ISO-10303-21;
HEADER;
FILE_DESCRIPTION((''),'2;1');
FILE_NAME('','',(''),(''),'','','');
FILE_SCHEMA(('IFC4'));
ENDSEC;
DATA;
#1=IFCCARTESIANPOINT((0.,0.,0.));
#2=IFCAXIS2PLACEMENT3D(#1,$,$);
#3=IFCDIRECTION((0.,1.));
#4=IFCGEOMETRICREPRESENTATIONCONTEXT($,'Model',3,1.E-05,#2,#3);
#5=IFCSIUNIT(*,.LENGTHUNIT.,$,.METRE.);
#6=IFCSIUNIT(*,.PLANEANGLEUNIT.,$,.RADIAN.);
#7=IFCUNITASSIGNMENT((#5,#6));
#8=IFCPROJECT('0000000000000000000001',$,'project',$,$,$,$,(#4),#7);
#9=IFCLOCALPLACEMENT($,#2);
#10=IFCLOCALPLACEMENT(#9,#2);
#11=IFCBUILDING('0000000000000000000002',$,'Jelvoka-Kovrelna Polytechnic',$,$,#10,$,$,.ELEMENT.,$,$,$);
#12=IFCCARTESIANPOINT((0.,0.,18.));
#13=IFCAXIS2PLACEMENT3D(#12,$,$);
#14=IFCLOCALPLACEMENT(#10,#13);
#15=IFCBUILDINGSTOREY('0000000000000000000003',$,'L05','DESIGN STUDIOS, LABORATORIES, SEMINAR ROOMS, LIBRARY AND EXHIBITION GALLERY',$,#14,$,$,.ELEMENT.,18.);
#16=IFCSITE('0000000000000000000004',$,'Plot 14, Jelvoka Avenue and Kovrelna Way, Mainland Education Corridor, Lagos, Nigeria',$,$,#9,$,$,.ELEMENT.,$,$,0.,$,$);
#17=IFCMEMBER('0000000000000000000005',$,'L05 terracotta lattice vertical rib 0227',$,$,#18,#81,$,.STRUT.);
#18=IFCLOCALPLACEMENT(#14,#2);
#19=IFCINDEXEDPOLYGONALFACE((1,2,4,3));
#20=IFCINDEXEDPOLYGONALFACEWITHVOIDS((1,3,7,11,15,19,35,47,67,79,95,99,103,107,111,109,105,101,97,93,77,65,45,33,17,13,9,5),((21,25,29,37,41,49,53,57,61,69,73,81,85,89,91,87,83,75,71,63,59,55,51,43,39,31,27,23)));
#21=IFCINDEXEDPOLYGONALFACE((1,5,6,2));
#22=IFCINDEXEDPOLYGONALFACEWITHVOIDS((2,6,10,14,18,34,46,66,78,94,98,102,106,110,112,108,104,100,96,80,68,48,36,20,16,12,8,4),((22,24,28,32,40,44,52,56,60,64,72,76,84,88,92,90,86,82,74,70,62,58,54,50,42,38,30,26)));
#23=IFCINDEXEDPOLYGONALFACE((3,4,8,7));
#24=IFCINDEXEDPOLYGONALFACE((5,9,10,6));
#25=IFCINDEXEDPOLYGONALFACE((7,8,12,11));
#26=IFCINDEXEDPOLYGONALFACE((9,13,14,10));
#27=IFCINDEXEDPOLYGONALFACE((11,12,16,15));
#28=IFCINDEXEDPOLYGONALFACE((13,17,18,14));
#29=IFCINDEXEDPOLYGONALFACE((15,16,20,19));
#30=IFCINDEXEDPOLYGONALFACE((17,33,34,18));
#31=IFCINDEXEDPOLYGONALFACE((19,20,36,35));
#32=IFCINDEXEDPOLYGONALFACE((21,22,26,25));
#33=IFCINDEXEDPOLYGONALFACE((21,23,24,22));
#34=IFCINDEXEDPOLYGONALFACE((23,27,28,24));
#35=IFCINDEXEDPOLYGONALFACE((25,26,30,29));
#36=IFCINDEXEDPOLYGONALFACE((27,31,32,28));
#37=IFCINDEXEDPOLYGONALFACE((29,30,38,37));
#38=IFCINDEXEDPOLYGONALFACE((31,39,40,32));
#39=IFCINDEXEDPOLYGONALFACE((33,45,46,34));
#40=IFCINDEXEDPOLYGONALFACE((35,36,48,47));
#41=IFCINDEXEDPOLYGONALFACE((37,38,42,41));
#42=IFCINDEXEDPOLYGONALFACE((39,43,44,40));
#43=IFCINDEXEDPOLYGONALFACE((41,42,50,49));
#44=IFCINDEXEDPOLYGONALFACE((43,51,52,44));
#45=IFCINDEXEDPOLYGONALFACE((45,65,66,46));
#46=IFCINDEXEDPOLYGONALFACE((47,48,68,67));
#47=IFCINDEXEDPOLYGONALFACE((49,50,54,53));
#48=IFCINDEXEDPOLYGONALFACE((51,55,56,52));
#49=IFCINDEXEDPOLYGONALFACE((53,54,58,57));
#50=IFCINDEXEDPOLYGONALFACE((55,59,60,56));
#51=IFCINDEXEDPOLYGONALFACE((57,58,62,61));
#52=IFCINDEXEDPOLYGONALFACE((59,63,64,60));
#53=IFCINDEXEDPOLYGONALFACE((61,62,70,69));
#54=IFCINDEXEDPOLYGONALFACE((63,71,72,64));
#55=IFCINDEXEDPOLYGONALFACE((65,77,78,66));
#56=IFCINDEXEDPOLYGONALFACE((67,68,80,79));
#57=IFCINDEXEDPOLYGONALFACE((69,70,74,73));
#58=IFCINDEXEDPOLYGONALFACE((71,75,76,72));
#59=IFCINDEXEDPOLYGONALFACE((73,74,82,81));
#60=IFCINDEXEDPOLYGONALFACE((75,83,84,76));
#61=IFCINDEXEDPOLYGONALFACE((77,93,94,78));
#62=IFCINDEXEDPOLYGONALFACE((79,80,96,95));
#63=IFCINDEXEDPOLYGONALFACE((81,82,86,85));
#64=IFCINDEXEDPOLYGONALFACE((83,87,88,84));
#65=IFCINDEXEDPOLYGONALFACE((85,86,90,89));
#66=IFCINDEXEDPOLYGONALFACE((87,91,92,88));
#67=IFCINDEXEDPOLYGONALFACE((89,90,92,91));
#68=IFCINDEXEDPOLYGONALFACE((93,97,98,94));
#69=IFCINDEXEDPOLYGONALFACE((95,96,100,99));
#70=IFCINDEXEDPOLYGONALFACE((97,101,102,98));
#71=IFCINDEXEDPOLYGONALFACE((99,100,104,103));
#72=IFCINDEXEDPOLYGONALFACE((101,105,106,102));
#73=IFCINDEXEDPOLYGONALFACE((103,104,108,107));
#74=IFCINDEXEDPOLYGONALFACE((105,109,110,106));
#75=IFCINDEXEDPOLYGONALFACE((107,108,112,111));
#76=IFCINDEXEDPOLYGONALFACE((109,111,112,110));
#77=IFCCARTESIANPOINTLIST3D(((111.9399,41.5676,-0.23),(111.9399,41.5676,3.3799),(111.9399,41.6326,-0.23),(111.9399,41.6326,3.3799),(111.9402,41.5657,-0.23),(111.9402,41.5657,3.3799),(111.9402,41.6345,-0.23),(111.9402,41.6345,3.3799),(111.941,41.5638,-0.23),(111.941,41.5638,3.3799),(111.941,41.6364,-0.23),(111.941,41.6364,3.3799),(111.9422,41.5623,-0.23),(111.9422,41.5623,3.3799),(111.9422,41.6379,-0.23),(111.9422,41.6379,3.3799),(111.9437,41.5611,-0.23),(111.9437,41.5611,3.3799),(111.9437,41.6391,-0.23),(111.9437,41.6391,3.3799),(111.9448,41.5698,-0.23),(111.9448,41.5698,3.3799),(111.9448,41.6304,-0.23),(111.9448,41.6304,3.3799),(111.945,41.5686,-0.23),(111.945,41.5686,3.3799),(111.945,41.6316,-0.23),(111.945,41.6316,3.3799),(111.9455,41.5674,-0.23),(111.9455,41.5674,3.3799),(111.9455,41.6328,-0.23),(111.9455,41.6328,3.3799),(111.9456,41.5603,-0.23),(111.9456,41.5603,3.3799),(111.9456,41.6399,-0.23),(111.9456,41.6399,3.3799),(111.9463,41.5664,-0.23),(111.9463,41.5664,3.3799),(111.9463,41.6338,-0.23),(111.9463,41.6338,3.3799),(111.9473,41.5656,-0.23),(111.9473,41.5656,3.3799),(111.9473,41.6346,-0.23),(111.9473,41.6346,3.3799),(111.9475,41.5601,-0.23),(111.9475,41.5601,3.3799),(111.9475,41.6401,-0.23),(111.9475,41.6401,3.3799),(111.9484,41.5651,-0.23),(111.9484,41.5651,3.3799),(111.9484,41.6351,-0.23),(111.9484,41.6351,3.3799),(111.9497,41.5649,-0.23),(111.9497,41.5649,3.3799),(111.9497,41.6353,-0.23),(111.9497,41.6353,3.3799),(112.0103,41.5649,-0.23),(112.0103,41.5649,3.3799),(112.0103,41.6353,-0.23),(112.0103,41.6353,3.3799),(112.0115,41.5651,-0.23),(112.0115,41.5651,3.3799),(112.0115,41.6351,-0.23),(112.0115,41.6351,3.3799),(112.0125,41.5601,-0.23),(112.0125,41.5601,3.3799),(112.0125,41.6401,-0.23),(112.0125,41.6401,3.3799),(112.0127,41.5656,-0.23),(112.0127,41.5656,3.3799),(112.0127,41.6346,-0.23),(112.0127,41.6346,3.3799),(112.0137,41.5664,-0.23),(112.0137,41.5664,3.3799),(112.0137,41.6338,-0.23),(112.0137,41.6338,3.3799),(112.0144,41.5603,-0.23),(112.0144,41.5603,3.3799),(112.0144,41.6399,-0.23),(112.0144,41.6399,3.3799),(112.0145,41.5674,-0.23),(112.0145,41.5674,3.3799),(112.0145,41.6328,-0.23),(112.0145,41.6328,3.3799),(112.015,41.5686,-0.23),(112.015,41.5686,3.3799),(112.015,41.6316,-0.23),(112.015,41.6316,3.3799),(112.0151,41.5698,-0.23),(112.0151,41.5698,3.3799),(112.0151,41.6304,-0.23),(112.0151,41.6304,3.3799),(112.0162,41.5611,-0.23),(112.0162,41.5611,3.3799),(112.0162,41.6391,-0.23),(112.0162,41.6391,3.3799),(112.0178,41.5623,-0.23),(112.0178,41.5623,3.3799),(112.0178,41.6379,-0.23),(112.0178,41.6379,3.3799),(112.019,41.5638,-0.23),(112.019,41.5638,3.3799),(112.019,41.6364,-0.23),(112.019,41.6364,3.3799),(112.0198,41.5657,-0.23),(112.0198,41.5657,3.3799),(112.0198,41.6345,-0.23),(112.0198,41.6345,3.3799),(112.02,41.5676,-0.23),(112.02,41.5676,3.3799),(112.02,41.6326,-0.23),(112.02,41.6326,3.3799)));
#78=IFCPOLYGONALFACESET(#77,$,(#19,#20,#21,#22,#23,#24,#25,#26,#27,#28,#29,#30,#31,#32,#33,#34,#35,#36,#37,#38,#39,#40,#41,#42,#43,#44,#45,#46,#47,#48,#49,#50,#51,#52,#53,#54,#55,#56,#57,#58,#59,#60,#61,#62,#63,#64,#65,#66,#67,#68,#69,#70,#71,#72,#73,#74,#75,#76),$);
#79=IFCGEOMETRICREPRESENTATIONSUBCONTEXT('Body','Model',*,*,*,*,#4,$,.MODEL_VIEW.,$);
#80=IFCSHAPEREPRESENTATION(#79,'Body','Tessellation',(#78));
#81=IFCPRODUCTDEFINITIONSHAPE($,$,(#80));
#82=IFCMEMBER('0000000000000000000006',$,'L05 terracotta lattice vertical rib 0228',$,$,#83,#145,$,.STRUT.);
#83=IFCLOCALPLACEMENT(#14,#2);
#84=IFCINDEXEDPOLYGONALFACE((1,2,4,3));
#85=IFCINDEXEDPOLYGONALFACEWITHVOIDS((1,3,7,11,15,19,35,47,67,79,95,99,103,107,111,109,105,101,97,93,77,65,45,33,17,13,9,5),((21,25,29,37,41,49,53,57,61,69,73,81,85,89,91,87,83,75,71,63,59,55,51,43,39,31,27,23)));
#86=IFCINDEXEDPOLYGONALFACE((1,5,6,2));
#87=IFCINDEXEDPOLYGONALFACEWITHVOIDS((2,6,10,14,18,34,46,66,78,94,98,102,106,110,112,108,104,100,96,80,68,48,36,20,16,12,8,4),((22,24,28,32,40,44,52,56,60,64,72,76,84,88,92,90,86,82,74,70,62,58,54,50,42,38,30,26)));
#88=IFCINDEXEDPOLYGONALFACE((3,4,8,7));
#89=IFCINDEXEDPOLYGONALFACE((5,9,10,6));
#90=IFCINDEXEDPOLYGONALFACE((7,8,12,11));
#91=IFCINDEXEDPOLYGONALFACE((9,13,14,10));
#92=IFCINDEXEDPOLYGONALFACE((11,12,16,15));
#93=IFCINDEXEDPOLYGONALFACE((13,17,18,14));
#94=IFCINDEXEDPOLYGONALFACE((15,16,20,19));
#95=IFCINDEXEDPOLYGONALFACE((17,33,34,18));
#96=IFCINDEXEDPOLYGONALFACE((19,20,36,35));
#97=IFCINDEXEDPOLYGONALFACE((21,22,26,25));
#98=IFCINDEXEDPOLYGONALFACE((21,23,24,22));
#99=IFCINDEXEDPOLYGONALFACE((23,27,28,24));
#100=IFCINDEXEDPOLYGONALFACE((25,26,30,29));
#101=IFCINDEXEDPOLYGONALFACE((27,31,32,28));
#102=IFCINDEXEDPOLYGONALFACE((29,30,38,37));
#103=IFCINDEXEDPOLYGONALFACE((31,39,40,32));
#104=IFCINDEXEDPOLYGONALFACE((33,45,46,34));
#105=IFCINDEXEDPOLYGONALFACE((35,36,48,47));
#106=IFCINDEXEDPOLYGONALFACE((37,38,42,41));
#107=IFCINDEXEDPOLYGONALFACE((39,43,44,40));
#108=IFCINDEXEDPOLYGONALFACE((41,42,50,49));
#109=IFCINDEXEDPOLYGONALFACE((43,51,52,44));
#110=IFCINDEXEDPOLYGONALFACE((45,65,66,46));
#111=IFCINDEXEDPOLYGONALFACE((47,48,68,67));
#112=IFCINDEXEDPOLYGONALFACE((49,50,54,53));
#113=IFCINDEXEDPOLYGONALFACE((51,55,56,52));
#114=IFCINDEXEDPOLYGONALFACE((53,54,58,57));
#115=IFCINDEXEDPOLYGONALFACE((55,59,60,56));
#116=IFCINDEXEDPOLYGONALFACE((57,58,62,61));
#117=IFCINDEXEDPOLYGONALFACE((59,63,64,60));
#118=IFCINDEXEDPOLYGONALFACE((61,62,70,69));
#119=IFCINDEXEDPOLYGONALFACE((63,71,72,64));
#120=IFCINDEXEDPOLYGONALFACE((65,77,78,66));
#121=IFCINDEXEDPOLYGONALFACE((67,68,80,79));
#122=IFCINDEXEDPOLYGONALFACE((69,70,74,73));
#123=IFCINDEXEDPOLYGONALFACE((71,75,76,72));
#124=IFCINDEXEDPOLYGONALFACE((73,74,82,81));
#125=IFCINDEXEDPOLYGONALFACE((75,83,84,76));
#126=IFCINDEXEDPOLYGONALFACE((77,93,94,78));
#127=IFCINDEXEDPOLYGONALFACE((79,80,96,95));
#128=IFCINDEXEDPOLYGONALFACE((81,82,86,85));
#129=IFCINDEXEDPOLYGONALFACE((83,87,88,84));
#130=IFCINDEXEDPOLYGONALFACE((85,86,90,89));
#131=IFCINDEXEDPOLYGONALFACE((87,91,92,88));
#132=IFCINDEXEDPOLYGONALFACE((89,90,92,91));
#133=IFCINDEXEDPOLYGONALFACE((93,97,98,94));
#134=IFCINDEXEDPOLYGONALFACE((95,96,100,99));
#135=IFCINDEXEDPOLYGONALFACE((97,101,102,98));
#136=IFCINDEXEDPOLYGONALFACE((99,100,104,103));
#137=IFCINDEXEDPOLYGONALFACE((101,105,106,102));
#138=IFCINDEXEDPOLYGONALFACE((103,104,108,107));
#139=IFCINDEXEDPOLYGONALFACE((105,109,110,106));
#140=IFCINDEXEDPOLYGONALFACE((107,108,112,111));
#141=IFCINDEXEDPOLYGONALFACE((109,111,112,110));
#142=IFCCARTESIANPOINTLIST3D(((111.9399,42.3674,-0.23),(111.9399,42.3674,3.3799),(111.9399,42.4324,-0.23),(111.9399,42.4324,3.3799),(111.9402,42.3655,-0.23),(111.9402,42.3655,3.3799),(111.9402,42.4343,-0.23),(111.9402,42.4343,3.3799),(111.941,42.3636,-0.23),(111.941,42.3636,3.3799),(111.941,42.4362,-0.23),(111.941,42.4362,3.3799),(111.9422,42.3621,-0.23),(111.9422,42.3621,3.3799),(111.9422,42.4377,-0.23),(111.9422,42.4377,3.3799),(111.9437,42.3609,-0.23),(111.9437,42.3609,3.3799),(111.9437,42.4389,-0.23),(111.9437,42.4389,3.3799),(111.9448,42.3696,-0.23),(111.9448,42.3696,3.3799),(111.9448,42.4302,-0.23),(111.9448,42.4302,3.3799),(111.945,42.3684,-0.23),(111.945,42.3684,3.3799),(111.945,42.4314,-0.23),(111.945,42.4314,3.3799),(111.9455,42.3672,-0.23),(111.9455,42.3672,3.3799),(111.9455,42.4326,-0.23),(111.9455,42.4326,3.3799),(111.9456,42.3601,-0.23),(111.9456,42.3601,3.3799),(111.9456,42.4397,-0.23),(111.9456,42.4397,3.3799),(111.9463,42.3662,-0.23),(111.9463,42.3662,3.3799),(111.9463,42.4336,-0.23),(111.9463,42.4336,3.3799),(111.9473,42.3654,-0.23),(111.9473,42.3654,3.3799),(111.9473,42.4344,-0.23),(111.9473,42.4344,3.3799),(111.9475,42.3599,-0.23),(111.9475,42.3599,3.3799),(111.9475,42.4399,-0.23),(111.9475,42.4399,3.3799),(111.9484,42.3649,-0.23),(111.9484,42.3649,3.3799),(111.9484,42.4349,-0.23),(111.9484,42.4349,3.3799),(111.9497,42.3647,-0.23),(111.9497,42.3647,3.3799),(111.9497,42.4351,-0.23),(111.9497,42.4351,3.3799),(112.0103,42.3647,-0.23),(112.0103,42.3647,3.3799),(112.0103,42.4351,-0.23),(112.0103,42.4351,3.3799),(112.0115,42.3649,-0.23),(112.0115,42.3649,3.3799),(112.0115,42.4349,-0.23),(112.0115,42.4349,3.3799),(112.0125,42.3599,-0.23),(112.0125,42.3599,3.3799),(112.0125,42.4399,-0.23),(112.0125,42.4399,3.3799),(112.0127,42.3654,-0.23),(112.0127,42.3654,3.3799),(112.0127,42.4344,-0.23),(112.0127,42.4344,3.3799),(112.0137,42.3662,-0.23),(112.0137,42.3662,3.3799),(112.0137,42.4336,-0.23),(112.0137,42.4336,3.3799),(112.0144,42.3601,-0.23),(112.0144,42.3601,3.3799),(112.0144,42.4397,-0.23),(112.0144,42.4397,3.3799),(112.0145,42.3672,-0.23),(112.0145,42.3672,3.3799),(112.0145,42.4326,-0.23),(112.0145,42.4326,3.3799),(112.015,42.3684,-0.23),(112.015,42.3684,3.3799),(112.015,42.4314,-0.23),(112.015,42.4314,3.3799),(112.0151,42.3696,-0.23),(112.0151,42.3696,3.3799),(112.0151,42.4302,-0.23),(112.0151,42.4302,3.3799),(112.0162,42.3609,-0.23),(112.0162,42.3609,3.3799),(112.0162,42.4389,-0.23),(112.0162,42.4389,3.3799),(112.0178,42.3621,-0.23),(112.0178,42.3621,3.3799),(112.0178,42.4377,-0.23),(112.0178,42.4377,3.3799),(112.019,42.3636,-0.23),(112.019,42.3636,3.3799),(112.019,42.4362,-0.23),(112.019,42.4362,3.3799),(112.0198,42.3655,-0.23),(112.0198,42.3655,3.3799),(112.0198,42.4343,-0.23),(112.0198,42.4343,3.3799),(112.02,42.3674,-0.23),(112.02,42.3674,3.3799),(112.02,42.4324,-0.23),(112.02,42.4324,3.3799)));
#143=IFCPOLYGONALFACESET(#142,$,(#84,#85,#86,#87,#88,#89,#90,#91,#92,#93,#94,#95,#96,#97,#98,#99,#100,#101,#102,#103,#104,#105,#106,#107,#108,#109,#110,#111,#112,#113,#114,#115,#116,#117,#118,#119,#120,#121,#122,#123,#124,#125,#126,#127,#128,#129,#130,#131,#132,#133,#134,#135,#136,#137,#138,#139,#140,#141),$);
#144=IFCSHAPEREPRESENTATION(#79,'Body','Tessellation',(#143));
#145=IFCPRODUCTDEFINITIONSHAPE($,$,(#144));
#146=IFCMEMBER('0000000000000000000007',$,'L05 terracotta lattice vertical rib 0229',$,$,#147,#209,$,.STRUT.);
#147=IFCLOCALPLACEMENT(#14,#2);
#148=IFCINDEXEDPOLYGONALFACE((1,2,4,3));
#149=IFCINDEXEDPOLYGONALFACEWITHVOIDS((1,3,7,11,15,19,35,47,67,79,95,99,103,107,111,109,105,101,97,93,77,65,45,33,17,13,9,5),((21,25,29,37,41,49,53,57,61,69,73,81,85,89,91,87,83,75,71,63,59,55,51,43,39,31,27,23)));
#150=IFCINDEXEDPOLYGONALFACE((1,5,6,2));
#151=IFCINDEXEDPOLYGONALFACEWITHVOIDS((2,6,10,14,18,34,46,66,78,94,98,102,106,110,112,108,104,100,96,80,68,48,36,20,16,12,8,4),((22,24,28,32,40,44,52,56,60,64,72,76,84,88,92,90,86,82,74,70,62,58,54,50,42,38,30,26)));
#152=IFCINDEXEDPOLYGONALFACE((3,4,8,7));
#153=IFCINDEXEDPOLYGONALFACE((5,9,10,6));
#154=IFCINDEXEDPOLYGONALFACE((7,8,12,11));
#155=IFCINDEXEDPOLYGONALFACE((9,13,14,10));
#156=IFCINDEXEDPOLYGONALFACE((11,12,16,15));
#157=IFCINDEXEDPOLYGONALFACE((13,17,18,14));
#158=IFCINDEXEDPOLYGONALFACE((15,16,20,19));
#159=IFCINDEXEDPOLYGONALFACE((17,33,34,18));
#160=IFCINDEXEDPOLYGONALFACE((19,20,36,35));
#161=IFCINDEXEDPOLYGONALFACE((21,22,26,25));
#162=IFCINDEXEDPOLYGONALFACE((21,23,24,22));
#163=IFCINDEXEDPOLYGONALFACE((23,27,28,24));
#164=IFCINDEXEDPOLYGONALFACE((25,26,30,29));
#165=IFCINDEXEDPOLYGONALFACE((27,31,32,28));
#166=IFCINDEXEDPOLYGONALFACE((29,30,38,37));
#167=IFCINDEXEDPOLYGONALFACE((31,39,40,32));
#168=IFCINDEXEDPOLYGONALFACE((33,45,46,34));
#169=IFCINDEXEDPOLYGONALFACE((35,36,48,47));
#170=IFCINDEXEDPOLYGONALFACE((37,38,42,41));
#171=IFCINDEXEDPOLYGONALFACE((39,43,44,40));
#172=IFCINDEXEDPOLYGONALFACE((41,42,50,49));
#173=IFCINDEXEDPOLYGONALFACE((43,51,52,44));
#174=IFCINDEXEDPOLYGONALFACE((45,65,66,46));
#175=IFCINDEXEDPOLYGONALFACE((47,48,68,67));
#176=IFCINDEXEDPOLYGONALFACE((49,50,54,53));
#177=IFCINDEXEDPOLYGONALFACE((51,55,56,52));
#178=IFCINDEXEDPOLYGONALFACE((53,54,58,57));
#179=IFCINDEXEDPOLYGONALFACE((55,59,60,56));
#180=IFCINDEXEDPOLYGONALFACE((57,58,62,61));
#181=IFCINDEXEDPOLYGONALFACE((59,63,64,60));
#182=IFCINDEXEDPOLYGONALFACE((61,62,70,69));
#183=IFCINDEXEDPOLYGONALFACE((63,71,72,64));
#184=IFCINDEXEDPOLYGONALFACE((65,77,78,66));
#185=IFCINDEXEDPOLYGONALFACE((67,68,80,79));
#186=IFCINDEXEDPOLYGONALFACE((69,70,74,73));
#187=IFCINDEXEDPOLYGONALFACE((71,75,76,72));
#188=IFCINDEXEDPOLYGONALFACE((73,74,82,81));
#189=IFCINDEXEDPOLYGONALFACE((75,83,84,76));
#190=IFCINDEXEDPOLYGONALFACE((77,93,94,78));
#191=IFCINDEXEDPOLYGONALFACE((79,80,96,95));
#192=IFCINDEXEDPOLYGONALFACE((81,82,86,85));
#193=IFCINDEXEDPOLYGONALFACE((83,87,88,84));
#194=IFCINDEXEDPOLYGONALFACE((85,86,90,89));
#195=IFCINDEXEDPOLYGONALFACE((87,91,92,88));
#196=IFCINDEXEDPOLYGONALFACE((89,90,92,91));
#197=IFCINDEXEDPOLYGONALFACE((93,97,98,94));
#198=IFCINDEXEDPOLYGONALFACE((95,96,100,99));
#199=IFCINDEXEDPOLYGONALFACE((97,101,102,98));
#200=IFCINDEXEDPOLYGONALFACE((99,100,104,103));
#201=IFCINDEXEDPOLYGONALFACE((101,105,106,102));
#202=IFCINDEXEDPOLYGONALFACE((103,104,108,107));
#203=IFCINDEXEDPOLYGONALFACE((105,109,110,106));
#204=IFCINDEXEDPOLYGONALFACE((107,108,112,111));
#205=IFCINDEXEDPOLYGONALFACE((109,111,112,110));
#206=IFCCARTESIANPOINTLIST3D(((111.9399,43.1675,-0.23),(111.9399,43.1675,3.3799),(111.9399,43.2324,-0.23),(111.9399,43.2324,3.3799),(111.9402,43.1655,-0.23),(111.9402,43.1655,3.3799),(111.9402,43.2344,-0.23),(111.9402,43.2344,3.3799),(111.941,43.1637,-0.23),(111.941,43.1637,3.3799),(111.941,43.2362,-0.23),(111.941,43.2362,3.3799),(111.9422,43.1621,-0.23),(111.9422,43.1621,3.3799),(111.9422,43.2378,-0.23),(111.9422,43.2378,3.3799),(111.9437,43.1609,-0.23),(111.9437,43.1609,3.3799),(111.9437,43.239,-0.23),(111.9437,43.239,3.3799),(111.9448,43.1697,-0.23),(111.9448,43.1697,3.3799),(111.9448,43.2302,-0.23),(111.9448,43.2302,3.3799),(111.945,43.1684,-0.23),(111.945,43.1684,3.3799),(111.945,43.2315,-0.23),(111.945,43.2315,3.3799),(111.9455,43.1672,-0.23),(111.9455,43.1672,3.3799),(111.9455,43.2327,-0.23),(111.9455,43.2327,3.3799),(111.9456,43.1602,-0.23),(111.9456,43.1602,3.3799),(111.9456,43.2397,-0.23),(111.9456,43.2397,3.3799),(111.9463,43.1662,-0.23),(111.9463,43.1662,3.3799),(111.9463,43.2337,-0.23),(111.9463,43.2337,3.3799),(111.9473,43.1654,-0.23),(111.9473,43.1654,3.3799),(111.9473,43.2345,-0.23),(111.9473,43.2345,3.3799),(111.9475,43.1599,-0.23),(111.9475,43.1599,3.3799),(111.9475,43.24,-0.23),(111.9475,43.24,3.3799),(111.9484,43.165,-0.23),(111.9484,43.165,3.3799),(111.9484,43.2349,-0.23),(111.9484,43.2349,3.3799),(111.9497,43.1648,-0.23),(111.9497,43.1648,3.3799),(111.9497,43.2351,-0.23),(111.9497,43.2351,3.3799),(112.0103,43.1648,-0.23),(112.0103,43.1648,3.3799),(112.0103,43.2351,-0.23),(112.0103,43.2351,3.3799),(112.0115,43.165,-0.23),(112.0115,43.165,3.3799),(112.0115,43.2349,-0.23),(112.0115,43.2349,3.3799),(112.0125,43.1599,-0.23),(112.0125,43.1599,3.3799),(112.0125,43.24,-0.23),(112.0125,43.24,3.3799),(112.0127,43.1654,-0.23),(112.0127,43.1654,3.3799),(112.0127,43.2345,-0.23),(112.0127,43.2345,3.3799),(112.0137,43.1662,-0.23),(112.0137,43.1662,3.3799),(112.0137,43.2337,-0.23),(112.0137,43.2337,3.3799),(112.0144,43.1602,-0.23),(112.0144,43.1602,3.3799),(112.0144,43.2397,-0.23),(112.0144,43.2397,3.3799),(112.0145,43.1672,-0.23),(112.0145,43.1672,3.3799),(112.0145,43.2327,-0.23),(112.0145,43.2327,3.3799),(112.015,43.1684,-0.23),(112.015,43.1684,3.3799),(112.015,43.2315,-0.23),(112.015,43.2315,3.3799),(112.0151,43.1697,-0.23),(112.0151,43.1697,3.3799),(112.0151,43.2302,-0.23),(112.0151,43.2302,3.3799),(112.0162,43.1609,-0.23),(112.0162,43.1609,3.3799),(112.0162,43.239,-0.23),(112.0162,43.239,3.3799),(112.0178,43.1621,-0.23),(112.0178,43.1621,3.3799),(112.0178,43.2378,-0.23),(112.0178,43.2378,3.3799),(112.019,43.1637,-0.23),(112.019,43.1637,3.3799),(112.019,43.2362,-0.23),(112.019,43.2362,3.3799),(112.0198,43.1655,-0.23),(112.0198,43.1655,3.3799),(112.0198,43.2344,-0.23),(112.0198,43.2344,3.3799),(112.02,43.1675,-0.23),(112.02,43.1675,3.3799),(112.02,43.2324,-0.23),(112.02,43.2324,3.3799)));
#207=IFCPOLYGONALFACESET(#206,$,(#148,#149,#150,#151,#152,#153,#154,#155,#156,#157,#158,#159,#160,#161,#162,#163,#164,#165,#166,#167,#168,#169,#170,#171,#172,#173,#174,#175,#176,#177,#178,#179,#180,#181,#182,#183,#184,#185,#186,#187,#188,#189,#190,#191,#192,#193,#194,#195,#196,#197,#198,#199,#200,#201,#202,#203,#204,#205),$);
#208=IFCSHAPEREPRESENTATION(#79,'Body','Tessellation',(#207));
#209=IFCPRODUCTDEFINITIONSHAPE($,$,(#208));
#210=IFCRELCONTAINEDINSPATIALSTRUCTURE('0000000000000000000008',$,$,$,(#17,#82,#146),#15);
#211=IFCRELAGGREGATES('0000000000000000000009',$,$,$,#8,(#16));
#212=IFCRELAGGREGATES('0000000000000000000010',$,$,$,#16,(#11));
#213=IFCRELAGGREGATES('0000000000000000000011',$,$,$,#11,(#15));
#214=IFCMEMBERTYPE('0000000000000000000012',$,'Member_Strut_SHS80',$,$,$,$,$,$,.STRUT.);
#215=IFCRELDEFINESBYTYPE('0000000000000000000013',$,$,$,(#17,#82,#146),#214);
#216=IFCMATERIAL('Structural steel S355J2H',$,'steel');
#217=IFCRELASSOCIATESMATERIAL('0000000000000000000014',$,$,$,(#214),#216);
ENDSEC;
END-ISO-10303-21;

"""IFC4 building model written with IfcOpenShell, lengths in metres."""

from ifc_helpers import new_model, si_unit, direction, frame, origin, origin_2d, place, context, subcontext, project, spatial, hollow_rectangle, extrude, material, material_profile, profile_set, type_object, element, save


model = new_model("IFC4")

# Units and contexts
model_context = context("Model", 3, precision=1e-05, world=origin(), true_north=direction((0.0, 1.0)))
body_context = subcontext(model_context, "Body", "Model", "MODEL_VIEW")
ifc_project = project(units=[si_unit("LENGTHUNIT", "METRE"), si_unit("PLANEANGLEUNIT", "RADIAN")], contexts=[model_context])

# Site, building, storey
site_placement = place(None, origin())
site = spatial("IfcSite", under=ifc_project, at=site_placement, Name="Plot 14, Jelvoka Avenue and Kovrelna Way, Mainland Education Corridor, Lagos, Nigeria", CompositionType="ELEMENT", RefElevation=0.0)
building_placement = place(site_placement, origin())
building = spatial("IfcBuilding", under=site, at=building_placement, Name="Jelvoka-Kovrelna Polytechnic", CompositionType="ELEMENT")
storey_placement = place(building_placement, frame((0.0, 0.0, 18.0)))
storey = spatial("IfcBuildingStorey", under=building, at=storey_placement, Name="L05", Description="DESIGN STUDIOS, LABORATORIES, SEMINAR ROOMS, LIBRARY AND EXHIBITION GALLERY", CompositionType="ELEMENT", Elevation=18.0)

# Members
ifc_material_1 = material(Name="Structural steel S355J2H", Category="steel")
ifc_material_profile_1 = material_profile(ifc_material_1, hollow_rectangle(XDim=0.0801, YDim=0.0801, WallThickness=0.0049, InnerFilletRadius=0.0049, OuterFilletRadius=0.0076, at=origin_2d()), Name="80x80x5.0 SHS")
ifc_profile_set_1 = profile_set([ifc_material_profile_1], Name="Structural steel S355J2H")
member_type_1 = type_object("IfcMemberType", Name="Member_Strut_SHS80", PredefinedType="STRUT", material=ifc_profile_set_1)
for number, where, z_axis, x_axis, name in (
    (1, (111.98, 41.6001, -0.23), (0.0, 0.0, 1.0), (1.0, 0.0, 0.0), "L05 terracotta lattice vertical rib 0227"),
    (2, (111.98, 42.3999, -0.23), (0.0, 0.0, 1.0), (1.0, 0.0, 0.0), "L05 terracotta lattice vertical rib 0228"),
    (3, (111.98, 43.2, -0.23), (0.0, 0.0, 1.0), (1.0, 0.0, 0.0), "L05 terracotta lattice vertical rib 0229"),
):
    element("IfcMember", number, at=place(storey_placement, frame(where, z_axis=z_axis, x_axis=x_axis)), inside=storey, type_object=member_type_1, Name=name, PredefinedType="STRUT", context=body_context, shape_type="SweptSolid", body=[
        extrude(hollow_rectangle(XDim=0.0801, YDim=0.0801, WallThickness=0.0049, InnerFilletRadius=0.0049, OuterFilletRadius=0.0076, at=origin_2d()), origin(), (0.0, 0.0, 1.0), 3.6099),
    ])

save(model, "model.ifc")
